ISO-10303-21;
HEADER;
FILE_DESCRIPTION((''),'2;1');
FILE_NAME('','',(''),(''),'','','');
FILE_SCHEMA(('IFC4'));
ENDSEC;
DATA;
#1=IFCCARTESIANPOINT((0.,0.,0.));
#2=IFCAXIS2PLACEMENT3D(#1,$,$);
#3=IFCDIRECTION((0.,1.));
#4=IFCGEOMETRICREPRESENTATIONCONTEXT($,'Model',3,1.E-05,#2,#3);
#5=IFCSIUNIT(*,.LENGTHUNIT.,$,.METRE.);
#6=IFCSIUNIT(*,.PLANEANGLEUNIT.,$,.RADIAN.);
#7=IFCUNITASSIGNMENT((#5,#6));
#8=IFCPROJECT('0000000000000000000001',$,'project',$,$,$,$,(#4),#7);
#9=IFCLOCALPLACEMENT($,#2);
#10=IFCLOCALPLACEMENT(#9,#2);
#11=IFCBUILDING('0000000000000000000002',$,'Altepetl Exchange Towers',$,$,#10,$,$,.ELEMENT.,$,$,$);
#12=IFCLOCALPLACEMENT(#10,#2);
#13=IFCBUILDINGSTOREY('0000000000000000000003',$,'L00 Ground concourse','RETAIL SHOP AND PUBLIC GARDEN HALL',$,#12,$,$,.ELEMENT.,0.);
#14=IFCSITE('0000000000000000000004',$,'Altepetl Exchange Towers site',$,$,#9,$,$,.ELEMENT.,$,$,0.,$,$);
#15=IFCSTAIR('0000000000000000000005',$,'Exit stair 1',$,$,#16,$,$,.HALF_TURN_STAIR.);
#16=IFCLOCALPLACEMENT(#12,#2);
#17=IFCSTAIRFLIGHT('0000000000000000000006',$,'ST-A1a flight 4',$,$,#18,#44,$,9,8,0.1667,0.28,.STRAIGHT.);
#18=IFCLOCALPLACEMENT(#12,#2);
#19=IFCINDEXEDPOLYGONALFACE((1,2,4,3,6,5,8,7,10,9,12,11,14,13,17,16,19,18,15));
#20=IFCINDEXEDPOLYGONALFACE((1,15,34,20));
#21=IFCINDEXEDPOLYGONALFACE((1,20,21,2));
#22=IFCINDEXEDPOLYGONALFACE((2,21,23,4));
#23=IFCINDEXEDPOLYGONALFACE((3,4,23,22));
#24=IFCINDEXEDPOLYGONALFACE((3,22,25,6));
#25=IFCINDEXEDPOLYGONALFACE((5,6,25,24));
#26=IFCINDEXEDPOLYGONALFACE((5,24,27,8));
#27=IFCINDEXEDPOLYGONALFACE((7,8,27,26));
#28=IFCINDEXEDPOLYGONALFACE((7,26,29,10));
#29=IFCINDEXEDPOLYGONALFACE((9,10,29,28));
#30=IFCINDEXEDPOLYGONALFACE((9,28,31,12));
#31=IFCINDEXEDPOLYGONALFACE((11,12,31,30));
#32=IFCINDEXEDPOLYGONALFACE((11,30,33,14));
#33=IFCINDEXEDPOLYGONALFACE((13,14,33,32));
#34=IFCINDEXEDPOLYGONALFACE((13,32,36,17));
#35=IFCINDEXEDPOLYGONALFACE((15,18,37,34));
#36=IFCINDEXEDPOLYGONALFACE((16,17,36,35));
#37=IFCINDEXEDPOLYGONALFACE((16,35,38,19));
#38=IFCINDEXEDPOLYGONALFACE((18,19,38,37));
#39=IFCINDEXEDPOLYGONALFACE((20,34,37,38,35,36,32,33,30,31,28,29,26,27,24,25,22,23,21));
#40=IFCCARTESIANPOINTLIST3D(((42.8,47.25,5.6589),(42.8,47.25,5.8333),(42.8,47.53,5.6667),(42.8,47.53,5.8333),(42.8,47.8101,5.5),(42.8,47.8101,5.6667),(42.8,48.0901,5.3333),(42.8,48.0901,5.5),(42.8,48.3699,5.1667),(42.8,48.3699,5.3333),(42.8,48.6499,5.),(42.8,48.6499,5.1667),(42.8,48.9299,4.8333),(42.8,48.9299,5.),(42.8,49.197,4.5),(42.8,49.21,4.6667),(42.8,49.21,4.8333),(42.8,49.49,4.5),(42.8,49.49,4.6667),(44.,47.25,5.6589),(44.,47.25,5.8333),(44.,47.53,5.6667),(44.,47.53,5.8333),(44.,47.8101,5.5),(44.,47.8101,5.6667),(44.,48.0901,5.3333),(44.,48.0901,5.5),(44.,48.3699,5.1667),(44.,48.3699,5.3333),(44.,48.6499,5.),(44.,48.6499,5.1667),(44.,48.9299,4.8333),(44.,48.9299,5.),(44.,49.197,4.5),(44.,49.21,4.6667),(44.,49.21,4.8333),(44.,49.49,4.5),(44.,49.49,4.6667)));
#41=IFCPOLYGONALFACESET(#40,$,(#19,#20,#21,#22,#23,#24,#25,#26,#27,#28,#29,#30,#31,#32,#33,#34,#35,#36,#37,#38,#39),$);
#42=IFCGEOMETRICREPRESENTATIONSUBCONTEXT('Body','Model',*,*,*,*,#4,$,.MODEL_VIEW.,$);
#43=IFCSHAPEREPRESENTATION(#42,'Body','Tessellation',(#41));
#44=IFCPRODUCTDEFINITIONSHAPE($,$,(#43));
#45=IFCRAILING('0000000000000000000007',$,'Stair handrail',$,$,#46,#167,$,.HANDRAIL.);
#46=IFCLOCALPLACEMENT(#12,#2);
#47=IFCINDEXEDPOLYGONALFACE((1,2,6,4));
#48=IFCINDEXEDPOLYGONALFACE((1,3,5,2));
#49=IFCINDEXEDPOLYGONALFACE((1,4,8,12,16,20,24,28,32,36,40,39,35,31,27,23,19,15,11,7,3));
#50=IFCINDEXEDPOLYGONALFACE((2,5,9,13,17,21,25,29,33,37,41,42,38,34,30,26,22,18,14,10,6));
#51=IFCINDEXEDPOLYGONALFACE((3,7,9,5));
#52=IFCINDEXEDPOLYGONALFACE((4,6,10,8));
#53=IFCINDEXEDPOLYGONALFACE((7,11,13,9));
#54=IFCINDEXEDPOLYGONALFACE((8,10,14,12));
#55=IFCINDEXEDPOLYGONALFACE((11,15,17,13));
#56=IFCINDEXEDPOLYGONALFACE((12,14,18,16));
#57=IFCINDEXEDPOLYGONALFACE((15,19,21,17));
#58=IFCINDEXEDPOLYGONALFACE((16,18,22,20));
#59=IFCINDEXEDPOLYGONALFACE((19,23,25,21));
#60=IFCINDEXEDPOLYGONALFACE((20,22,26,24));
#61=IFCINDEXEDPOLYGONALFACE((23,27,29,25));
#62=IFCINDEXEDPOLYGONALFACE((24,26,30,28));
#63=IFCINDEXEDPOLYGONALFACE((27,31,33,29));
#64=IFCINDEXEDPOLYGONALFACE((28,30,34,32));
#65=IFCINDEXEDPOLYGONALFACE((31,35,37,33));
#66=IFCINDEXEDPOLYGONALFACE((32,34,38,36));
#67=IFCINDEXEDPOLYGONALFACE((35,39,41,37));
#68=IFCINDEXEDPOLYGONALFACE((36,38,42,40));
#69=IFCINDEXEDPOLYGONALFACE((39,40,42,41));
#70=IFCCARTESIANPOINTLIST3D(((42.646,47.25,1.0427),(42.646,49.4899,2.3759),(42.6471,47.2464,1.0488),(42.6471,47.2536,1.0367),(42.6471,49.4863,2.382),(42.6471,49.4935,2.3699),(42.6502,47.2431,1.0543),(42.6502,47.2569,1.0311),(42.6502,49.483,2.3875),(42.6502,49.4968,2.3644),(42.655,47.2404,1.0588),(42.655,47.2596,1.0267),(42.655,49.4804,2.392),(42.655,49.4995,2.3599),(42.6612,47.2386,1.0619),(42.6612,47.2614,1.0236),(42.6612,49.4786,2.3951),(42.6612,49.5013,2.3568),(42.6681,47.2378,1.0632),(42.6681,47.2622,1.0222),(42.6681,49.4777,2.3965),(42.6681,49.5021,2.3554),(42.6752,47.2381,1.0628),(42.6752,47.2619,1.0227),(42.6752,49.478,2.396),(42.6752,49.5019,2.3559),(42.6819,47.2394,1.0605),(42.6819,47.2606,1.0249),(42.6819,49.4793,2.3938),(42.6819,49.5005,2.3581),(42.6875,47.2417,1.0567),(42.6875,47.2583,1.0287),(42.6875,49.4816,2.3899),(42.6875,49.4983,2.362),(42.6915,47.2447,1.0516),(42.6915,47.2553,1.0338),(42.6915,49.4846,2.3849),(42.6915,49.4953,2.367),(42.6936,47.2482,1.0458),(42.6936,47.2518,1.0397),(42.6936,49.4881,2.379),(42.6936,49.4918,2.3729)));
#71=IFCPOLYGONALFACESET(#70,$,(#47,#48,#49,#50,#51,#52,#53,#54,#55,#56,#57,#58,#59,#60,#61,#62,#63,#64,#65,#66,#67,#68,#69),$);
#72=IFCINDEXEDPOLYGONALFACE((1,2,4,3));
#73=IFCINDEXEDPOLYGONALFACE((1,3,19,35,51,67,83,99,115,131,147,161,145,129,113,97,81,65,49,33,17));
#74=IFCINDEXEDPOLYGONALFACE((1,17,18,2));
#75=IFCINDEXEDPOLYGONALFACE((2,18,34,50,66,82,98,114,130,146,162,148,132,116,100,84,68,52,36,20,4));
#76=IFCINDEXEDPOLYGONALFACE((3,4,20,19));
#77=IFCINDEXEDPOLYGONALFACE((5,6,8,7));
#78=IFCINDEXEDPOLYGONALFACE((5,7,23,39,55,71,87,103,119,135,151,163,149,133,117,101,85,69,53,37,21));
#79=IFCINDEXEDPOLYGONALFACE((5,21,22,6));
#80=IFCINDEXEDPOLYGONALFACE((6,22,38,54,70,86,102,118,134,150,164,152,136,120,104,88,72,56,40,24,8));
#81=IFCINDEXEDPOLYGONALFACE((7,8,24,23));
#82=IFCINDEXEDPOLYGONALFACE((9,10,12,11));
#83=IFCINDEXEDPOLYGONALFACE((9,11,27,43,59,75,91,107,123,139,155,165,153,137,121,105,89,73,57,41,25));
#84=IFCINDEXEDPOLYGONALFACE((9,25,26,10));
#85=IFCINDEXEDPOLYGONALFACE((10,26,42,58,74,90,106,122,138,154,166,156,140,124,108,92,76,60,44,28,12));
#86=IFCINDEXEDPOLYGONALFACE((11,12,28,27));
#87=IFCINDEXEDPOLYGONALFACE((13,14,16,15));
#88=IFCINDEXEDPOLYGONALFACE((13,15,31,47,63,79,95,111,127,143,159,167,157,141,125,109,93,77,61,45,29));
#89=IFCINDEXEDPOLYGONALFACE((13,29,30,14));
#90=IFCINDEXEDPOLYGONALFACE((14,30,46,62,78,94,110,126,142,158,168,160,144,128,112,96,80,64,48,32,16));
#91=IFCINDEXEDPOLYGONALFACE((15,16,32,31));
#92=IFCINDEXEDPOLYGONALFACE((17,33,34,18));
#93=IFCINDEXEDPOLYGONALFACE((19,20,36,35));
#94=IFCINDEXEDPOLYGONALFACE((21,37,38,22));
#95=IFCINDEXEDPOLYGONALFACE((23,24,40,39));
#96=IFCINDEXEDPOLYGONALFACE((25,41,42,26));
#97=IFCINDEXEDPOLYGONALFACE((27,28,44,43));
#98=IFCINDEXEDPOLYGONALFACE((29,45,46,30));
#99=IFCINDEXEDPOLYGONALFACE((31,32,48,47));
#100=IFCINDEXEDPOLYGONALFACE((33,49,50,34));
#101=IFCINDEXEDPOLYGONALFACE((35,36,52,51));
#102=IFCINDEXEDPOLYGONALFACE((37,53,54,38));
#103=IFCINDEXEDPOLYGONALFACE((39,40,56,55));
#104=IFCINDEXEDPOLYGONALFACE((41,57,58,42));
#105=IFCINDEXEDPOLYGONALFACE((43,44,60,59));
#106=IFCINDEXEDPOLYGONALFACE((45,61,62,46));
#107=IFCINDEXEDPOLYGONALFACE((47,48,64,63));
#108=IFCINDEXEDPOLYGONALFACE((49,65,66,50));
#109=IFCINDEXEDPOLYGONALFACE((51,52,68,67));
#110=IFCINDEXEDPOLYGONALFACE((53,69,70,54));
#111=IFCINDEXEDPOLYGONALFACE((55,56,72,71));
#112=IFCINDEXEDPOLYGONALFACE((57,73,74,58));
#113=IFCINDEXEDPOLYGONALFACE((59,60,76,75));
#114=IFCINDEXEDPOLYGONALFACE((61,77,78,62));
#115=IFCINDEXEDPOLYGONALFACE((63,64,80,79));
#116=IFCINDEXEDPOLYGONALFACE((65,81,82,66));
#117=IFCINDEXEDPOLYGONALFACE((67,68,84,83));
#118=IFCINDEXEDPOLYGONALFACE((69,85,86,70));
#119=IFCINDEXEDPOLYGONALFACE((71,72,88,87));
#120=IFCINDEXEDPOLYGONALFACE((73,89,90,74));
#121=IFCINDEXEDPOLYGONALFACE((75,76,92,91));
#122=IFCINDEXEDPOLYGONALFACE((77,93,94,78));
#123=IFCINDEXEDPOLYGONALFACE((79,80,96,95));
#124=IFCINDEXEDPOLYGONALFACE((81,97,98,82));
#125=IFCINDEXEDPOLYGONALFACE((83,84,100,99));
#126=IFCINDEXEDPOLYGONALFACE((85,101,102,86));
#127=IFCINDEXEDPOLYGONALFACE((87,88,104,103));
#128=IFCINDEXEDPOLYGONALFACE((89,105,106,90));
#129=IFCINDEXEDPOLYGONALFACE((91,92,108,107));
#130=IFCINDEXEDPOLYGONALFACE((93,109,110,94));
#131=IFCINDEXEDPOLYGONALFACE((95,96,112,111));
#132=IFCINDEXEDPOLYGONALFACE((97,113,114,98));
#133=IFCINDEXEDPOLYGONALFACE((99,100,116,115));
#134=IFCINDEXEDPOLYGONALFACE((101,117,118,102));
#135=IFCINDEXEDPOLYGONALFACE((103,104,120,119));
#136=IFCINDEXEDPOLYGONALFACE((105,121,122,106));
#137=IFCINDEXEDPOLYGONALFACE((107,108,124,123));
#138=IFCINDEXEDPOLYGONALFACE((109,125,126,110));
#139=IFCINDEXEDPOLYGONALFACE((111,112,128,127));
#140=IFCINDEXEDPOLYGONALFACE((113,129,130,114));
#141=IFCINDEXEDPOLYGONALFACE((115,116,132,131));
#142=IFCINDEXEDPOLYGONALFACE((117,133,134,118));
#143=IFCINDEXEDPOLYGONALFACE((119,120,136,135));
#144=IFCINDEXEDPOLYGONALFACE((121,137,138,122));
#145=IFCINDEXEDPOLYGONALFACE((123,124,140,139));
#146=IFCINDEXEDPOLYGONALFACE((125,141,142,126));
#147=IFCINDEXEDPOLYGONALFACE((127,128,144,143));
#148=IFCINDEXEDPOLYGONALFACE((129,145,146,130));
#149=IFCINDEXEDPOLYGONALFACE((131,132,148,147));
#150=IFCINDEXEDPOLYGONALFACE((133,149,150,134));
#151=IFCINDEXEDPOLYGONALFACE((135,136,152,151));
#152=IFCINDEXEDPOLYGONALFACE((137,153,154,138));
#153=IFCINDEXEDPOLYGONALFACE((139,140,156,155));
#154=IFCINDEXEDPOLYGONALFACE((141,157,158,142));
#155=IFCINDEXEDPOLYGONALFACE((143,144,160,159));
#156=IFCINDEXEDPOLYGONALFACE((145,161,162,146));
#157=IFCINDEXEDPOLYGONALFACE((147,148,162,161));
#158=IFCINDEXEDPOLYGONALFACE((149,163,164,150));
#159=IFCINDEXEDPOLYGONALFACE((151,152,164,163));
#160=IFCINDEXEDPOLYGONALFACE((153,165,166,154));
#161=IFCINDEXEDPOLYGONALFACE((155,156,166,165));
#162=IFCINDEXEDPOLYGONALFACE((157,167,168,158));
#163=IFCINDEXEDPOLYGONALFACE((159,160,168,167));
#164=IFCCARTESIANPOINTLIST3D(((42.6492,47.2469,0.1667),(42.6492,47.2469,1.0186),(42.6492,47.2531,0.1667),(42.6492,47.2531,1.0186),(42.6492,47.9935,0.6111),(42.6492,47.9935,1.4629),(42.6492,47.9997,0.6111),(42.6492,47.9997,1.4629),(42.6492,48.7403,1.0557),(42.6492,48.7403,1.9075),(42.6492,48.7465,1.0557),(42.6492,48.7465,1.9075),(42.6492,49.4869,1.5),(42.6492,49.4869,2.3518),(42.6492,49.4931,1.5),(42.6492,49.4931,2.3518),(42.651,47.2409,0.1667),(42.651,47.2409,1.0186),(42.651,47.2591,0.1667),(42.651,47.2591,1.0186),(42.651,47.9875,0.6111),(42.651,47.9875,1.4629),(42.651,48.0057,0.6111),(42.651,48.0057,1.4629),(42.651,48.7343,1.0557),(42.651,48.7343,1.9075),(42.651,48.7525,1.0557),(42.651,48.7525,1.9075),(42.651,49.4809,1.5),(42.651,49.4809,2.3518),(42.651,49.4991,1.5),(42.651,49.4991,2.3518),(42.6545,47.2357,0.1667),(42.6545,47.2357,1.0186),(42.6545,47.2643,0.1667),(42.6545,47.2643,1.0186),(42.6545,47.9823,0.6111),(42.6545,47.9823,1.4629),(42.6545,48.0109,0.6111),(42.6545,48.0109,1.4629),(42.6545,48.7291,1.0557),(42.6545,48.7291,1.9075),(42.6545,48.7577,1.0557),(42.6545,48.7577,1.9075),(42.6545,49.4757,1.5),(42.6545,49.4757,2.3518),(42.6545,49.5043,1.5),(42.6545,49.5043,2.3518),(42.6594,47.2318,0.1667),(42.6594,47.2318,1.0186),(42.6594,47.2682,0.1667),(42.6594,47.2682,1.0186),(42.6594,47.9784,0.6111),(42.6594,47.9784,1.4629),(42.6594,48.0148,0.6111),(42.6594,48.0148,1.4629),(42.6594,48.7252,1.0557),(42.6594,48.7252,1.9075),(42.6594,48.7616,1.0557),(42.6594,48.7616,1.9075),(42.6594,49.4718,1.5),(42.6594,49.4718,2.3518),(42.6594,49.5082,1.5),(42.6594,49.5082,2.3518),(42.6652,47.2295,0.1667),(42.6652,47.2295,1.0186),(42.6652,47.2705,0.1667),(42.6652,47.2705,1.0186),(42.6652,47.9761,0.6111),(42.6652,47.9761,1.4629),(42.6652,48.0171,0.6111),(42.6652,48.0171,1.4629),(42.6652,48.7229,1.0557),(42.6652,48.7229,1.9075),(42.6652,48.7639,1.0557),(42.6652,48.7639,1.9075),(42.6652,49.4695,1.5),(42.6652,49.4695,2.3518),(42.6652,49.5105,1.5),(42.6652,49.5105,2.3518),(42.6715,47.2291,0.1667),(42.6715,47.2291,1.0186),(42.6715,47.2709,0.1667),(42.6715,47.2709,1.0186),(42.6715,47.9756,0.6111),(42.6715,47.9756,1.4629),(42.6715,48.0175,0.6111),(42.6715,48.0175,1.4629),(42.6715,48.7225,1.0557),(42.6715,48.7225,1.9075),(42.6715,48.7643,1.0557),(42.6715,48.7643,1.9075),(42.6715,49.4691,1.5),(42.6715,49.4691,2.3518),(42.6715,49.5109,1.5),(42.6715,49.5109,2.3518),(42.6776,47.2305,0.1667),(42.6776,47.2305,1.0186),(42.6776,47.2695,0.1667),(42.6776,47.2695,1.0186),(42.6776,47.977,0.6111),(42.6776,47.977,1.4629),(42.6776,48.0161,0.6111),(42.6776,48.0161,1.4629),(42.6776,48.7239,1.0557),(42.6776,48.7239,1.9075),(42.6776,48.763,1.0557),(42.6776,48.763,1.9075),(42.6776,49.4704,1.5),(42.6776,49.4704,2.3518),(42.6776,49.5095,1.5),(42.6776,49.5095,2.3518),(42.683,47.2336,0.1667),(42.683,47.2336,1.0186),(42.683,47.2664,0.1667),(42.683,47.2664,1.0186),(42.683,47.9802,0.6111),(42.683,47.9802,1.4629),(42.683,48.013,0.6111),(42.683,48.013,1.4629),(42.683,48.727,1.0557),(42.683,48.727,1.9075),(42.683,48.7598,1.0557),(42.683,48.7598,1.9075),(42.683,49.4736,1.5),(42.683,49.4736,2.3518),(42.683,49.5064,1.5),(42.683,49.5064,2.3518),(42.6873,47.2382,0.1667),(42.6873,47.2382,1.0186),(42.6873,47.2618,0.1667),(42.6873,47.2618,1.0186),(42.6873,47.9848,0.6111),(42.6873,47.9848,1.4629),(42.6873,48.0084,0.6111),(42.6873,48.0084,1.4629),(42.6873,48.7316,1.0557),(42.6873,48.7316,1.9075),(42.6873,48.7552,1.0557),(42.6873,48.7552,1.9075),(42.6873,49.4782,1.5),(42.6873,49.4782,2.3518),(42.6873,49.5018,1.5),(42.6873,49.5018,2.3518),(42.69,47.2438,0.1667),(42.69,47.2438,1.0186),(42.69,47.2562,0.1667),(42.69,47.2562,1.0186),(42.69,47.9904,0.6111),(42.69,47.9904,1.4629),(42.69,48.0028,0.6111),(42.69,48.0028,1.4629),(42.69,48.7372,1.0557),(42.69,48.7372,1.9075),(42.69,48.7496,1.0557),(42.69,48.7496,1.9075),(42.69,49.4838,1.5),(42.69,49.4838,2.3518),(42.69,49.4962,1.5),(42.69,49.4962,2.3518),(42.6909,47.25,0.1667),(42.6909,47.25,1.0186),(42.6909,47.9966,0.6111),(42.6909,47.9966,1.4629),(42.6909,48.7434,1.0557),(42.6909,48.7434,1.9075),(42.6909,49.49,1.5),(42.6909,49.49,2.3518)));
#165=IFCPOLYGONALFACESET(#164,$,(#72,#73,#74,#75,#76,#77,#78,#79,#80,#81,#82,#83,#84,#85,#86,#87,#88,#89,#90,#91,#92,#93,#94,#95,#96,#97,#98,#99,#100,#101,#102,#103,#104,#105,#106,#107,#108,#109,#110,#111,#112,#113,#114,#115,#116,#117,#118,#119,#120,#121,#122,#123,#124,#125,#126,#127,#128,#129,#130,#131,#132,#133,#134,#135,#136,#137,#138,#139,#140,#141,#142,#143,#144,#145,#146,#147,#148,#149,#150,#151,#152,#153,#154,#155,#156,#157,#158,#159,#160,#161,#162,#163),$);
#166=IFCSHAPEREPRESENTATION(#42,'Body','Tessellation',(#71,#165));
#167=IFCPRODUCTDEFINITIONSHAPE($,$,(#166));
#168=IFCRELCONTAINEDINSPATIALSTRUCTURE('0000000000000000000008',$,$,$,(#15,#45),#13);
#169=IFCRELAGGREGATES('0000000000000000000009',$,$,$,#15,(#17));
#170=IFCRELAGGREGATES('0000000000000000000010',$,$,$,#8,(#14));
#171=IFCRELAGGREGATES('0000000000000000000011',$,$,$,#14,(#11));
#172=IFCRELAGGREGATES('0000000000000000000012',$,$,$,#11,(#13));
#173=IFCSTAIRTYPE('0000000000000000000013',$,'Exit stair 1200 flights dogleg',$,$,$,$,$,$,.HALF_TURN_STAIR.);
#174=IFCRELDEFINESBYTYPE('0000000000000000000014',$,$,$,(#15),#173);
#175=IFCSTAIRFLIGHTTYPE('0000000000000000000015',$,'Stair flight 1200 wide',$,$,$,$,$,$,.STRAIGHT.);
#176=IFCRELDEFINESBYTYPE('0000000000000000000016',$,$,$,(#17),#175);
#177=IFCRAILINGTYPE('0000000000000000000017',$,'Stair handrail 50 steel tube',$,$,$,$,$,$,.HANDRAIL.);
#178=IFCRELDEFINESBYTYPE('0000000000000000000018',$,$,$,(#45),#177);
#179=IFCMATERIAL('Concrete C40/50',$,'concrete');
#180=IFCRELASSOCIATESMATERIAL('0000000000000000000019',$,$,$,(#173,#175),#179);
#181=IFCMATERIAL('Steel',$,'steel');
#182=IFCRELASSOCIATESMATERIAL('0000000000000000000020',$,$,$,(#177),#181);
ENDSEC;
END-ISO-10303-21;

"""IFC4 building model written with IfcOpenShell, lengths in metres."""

from ifc_helpers import new_model, si_unit, direction, frame, origin, origin_2d, place, context, subcontext, project, spatial, polyline, circle, outline, extrude, source, transform, mapped, material, type_object, element, aggregate, save


model = new_model("IFC4")

# Units and contexts
model_context = context("Model", 3, precision=1e-05, world=origin(), true_north=direction((0.0, 1.0)))
body_context = subcontext(model_context, "Body", "Model", "MODEL_VIEW")
ifc_project = project(units=[si_unit("LENGTHUNIT", "METRE"), si_unit("PLANEANGLEUNIT", "RADIAN")], contexts=[model_context])

# Site, building, storey
site_placement = place(None, origin())
site = spatial("IfcSite", under=ifc_project, at=site_placement, Name="Altepetl Exchange Towers site", CompositionType="ELEMENT", RefElevation=0.0)
building_placement = place(site_placement, origin())
building = spatial("IfcBuilding", under=site, at=building_placement, Name="Altepetl Exchange Towers", CompositionType="ELEMENT")
storey_placement = place(building_placement, origin())
storey = spatial("IfcBuildingStorey", under=building, at=storey_placement, Name="L00 Ground concourse", Description="RETAIL SHOP AND PUBLIC GARDEN HALL", CompositionType="ELEMENT", Elevation=0.0)

# Shared definitions
ifc_material_1 = material(Name="Concrete C40/50", Category="concrete")

# Stair, stair flight
stair_type = type_object("IfcStairType", Name="Exit stair 1200 flights dogleg", PredefinedType="HALF_TURN_STAIR", material=ifc_material_1)
stair_placement = place(storey_placement, origin())
stair = element("IfcStair", 1, at=stair_placement, inside=storey, type_object=stair_type, Name="Exit stair 1", PredefinedType="HALF_TURN_STAIR")
stair_flight_type = type_object("IfcStairFlightType", Name="Stair flight 1200 wide", PredefinedType="STRAIGHT", material=ifc_material_1)
stair_flight_1_placement = place(storey_placement, frame((43.3999, 49.49, 4.5), z_axis=(0.0, 0.0, 1.0), x_axis=(0.0, -1.0, 0.0)))
stair_flight_1 = element("IfcStairFlight", 2, at=stair_flight_1_placement, type_object=stair_flight_type, Name="ST-A1a flight 4", NumberOfRisers=9, NumberOfTreads=8, PredefinedType="STRAIGHT", RiserHeight=0.1667, TreadLength=0.28, context=body_context, shape_type="SweptSolid", body=[
    extrude(outline(polyline([(0.0, 0.0), (0.0, 0.1667), (0.28, 0.1667), (0.28, 0.3333), (0.5601, 0.3333), (0.5601, 0.5), (0.8401, 0.5), (0.8401, 0.6667), (1.1201, 0.6667), (1.1201, 0.8333), (1.3999, 0.8333), (1.3999, 1.0), (1.6799, 1.0), (1.6799, 1.1667), (1.96, 1.1667), (1.96, 1.3333), (2.24, 1.3333), (2.24, 1.5), (2.24, 1.1589), (0.293, 0.0), (0.0, 0.0)])), frame((0.0, 0.6001, 0.0), z_axis=(0.0, -1.0, 0.0), x_axis=(1.0, 0.0, 0.0)), (0.0, 0.0, 1.0), 1.2),
])
aggregate(stair, [stair_flight_1])

# Railing
ifc_material_2 = material(Name="Steel", Category="steel")
railing_type = type_object("IfcRailingType", Name="Stair handrail 50 steel tube", PredefinedType="HANDRAIL", material=ifc_material_2)
shared_shape = source(origin(), body_context, "Body", "SweptSolid", [
    extrude(circle(Radius=0.021, at=origin_2d()), origin(), (0.0, 0.0, 1.0), 0.8518),
])
railing_1_placement = place(storey_placement, frame((42.6699, 47.25, 0.1667)))
element("IfcRailing", 3, at=railing_1_placement, inside=storey, type_object=railing_type, Name="Stair handrail", PredefinedType="HANDRAIL", context=body_context, shape_type="SweptSolid", body=[
    extrude(circle(Radius=0.0239, at=origin_2d()), frame((0.0, 0.0, 0.876), z_axis=(0.0, 0.859306, 0.511462), x_axis=(-1.0, 0.0, 0.0)), (0.0, 0.0, 1.0), 2.6067),
    mapped(shared_shape, transform((0.0, 0.0, 0.0))),
    mapped(shared_shape, transform((0.0, 0.7466, 0.4443))),
    mapped(shared_shape, transform((0.0, 1.4934, 0.8889))),
    mapped(shared_shape, transform((0.0, 2.24, 1.3333))),
])

save(model, "model.ifc")
